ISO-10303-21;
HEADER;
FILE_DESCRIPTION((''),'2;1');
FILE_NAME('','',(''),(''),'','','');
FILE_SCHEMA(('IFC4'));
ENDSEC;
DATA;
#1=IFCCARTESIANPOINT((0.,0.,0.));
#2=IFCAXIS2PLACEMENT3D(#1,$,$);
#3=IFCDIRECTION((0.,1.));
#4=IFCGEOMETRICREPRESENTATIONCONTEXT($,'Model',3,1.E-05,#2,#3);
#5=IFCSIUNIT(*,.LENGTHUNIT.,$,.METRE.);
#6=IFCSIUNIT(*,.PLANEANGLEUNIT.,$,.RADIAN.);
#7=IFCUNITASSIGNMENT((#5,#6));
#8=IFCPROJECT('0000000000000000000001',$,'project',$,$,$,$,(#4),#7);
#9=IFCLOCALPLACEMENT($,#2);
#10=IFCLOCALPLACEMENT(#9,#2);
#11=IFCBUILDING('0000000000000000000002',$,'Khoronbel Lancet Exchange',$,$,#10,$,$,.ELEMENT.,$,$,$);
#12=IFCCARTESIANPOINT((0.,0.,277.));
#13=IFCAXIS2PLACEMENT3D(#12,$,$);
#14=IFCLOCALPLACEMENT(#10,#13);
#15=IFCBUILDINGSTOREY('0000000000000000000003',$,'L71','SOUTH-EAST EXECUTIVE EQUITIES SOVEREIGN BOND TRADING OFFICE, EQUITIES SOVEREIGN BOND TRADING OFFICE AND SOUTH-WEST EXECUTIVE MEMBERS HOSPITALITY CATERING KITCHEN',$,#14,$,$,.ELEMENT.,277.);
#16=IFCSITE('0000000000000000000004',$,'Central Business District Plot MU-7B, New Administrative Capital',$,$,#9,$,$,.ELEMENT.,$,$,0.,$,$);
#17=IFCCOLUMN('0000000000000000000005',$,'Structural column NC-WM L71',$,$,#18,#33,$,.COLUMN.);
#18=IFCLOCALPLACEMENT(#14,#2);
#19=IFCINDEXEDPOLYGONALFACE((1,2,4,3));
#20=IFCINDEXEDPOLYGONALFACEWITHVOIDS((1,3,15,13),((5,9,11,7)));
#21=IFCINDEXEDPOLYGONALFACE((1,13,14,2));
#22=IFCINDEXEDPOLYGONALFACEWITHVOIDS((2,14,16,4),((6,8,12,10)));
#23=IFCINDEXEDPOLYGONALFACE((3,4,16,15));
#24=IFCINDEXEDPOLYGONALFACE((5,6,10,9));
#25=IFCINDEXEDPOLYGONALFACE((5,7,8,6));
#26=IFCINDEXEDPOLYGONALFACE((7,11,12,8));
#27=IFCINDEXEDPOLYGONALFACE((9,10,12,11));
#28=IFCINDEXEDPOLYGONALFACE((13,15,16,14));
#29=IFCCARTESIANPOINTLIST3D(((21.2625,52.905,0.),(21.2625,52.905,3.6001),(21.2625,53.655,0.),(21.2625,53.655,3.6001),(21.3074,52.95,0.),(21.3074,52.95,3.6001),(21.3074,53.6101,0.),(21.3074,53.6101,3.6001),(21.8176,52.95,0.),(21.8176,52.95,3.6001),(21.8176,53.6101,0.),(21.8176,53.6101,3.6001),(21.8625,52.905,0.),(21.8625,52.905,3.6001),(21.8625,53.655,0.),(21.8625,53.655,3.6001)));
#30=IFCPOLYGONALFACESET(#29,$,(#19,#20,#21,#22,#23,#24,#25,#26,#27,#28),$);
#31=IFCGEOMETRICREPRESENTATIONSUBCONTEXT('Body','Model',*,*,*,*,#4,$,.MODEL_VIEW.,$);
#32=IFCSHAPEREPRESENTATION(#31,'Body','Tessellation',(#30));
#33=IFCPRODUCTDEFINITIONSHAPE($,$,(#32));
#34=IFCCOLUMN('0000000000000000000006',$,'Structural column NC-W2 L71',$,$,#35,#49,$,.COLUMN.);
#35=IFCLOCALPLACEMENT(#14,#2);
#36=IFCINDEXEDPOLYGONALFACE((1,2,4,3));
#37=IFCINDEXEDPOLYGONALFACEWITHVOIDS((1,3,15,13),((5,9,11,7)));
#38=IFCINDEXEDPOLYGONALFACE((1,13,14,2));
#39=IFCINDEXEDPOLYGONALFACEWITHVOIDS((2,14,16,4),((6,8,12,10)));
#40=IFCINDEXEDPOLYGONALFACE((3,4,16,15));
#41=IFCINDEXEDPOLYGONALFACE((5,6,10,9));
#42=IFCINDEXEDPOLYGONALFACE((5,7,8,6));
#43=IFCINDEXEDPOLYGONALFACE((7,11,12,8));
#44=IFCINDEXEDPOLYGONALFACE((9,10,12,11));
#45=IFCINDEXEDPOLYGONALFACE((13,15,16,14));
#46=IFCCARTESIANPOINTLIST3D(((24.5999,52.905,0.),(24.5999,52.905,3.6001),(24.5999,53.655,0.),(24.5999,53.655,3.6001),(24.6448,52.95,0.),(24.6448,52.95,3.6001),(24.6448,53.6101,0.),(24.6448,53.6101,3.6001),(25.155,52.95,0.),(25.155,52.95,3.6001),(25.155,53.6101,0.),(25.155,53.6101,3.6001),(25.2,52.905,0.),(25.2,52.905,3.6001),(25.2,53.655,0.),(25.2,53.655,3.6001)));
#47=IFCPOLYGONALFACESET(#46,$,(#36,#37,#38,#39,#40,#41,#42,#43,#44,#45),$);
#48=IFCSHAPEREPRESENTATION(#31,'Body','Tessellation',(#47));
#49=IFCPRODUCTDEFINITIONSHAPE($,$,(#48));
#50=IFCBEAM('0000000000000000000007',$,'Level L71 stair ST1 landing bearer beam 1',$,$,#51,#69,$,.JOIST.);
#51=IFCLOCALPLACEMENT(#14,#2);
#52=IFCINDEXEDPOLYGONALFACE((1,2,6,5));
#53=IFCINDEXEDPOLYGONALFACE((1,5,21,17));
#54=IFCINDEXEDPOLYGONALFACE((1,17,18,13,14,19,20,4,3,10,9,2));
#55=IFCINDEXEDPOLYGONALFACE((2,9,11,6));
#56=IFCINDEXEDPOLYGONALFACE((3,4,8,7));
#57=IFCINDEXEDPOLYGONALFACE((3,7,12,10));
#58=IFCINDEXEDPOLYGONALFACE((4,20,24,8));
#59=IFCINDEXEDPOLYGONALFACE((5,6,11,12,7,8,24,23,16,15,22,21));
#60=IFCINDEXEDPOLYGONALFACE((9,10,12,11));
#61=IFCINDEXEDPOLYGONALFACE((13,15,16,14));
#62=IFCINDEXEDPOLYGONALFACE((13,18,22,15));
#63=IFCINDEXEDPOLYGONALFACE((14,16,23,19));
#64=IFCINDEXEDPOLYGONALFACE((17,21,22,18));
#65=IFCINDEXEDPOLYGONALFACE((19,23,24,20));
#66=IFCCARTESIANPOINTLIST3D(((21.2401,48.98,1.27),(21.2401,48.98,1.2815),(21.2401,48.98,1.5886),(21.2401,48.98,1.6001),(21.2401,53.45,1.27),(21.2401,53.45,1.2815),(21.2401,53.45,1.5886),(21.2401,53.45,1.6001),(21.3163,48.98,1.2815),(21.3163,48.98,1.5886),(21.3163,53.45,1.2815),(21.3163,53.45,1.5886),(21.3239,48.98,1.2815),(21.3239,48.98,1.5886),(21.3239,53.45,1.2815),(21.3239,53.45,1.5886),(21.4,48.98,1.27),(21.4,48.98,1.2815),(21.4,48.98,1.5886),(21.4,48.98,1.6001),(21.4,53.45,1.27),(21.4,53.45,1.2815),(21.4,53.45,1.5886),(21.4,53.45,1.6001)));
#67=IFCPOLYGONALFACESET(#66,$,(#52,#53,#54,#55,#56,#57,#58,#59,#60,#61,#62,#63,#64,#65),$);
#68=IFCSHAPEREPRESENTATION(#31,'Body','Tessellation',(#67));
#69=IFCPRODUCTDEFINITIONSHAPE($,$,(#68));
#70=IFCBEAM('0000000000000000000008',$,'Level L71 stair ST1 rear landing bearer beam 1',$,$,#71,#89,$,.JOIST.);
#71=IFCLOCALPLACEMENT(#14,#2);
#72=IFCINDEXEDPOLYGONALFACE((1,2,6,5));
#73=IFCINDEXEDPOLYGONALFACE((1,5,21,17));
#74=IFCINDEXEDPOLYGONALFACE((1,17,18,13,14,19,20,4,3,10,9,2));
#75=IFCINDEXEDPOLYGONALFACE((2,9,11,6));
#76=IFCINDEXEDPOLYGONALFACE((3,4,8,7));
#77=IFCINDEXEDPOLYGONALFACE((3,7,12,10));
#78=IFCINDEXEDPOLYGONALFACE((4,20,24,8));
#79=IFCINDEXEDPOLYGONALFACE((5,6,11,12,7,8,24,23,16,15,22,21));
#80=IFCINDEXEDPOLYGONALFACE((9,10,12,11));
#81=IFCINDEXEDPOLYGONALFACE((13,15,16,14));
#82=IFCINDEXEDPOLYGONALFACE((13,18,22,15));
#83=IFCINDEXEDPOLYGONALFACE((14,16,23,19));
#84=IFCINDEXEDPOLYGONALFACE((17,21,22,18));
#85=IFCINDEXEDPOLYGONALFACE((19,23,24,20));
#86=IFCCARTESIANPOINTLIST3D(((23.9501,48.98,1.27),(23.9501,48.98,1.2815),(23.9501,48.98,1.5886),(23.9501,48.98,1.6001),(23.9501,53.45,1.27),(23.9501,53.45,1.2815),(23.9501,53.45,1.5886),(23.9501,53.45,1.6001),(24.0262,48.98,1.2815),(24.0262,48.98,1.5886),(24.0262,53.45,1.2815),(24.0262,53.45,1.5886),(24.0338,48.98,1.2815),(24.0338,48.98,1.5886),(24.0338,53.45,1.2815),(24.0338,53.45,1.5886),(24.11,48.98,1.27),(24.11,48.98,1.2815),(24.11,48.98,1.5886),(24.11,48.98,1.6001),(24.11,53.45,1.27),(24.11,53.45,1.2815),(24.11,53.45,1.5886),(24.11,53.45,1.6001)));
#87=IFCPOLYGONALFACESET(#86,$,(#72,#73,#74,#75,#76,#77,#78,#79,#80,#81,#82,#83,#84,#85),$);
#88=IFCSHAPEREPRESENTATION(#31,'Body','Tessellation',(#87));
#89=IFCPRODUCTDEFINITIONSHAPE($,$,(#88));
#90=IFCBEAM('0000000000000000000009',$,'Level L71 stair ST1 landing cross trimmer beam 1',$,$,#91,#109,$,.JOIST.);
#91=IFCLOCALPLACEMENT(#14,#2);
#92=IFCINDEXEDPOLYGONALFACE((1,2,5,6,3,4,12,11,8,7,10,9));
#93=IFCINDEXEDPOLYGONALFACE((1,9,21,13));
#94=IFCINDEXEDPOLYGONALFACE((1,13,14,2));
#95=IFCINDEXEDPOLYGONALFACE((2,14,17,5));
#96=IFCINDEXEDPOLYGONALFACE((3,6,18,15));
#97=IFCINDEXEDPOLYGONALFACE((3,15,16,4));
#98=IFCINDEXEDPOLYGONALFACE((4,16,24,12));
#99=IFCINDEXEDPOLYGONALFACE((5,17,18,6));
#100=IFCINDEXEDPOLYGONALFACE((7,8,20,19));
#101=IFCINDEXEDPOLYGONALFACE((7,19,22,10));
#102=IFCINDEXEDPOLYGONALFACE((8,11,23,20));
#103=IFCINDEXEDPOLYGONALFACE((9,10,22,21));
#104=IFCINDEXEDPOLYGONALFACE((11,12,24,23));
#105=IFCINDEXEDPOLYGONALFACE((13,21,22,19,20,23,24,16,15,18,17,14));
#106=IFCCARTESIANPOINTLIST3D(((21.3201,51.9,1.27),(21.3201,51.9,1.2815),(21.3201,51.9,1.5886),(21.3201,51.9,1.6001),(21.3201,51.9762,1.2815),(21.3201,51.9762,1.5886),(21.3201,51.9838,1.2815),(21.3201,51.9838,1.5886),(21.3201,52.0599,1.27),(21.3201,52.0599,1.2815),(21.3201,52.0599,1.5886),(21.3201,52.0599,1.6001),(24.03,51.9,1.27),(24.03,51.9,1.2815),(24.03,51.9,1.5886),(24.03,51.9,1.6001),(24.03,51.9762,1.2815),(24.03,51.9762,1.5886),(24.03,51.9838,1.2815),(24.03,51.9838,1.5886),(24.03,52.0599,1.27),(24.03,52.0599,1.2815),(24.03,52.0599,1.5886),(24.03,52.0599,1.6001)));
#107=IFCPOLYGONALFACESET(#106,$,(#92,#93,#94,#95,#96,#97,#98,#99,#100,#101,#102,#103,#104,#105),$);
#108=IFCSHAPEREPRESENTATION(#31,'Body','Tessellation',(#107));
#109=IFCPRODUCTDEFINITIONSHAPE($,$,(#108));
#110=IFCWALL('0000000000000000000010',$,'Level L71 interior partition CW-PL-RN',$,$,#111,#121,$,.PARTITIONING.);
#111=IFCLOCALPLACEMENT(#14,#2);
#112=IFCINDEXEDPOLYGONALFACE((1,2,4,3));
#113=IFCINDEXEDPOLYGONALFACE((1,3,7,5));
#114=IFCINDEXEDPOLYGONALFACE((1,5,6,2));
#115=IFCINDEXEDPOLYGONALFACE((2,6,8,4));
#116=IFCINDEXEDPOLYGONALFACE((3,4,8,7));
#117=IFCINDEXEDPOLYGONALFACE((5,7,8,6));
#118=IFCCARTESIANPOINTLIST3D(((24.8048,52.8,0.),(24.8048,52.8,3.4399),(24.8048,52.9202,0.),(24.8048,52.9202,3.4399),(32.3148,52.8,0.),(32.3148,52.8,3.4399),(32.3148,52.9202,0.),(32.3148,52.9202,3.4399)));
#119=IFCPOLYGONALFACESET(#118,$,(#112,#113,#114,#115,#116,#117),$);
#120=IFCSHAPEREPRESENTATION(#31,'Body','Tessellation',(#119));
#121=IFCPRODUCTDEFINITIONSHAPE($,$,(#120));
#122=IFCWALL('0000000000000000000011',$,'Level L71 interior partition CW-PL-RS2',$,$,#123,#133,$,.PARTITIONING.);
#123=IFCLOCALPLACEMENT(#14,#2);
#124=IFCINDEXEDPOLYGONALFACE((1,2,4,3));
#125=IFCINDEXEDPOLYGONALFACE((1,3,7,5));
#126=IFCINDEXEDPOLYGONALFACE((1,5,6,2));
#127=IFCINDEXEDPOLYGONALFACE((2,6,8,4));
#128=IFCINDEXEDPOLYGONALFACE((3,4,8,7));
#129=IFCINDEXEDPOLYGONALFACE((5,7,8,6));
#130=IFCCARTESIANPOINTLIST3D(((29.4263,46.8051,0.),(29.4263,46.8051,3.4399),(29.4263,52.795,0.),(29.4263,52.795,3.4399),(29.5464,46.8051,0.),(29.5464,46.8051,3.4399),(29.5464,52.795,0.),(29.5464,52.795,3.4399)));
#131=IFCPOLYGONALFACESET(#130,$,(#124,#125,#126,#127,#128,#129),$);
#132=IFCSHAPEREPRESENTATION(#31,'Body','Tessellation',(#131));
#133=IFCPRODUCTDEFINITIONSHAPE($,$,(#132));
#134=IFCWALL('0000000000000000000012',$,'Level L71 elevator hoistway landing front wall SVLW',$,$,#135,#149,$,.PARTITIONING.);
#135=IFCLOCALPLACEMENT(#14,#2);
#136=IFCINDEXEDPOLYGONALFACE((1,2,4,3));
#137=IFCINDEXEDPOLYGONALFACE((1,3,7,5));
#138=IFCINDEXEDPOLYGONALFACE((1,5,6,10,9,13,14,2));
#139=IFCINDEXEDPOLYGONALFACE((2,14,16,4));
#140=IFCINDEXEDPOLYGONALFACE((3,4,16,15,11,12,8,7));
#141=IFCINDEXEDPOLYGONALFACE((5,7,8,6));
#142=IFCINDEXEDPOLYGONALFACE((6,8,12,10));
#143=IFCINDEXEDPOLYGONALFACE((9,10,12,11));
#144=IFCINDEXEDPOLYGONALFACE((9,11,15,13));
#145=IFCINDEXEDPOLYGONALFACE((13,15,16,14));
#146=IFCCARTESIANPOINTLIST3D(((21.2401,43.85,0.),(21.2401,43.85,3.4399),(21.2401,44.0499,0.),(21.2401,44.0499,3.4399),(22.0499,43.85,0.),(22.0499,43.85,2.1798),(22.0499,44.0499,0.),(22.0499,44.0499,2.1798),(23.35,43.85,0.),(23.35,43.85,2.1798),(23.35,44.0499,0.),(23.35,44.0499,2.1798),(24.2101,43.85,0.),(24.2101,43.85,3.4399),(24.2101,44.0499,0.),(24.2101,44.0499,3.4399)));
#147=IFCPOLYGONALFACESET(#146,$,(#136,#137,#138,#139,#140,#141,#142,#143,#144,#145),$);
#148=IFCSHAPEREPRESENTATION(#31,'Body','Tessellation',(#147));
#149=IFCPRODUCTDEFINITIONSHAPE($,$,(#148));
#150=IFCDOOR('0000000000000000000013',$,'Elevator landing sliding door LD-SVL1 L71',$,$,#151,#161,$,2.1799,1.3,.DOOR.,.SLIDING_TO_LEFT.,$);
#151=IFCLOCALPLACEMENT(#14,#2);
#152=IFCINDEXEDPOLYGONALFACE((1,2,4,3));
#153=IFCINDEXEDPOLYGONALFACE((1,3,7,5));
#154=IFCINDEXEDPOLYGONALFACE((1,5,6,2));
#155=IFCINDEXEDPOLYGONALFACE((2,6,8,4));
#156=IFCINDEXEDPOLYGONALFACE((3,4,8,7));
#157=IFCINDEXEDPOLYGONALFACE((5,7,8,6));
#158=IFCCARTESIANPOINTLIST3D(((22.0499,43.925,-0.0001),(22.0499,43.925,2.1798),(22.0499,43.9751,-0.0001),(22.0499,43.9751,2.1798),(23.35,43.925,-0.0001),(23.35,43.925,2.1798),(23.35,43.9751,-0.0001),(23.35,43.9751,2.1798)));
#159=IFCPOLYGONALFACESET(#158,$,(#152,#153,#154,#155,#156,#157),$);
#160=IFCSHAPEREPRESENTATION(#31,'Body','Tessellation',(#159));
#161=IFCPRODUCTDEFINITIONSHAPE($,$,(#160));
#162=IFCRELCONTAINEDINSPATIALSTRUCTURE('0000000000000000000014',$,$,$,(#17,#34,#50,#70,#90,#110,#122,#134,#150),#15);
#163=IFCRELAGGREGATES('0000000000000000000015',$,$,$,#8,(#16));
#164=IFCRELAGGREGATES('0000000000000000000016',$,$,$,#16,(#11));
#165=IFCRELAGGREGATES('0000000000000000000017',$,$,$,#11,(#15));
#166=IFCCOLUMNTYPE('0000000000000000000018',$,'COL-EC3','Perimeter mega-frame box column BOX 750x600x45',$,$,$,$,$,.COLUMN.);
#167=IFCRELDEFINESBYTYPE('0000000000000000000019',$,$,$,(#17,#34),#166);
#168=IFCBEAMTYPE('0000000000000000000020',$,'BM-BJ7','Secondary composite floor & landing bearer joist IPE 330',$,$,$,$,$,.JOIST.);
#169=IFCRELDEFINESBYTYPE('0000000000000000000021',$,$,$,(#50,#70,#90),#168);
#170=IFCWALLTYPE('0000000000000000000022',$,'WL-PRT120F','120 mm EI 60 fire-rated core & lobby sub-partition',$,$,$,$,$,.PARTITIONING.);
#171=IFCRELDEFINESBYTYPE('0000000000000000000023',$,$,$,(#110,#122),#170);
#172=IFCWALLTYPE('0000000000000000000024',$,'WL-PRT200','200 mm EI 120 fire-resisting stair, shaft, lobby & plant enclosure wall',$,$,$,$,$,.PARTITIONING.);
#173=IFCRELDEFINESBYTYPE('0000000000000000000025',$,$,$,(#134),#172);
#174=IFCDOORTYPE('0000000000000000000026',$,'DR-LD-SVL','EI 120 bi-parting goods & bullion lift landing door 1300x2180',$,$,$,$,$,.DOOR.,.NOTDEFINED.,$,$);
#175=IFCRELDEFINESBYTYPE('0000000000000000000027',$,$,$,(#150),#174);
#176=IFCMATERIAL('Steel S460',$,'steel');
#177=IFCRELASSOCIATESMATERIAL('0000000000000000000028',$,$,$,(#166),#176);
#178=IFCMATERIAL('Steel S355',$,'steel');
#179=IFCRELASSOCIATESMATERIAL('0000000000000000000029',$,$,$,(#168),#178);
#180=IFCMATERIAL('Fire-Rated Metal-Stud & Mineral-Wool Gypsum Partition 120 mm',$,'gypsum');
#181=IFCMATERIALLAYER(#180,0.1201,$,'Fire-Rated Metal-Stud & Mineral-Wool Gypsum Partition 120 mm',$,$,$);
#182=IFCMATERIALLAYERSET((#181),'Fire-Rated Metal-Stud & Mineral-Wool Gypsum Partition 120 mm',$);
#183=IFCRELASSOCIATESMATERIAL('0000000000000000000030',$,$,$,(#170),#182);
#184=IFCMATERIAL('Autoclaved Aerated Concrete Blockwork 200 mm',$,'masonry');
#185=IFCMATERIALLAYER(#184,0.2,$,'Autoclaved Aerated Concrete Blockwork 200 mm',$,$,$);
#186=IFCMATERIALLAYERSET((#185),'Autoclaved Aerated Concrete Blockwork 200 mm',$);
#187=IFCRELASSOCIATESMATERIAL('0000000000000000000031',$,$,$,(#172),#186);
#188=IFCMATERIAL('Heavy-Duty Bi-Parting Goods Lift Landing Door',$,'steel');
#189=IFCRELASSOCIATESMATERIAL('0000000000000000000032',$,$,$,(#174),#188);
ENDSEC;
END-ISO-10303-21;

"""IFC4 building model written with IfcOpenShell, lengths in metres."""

from ifc_helpers import new_model, si_unit, direction, frame, frame_2d, origin, origin_2d, place, context, subcontext, project, spatial, rectangle, hollow_rectangle, i_section, extrude, material, layer, layer_set, material_profile, profile_set, type_object, element, fill, save


model = new_model("IFC4")

# Units and contexts
model_context = context("Model", 3, precision=1e-05, world=origin(), true_north=direction((0.0, 1.0)))
body_context = subcontext(model_context, "Body", "Model", "MODEL_VIEW")
ifc_project = project(units=[si_unit("LENGTHUNIT", "METRE"), si_unit("PLANEANGLEUNIT", "RADIAN")], contexts=[model_context])

# Site, building, storey
site_placement = place(None, origin())
site = spatial("IfcSite", under=ifc_project, at=site_placement, Name="Central Business District Plot MU-7B, New Administrative Capital", CompositionType="ELEMENT", RefElevation=0.0)
building_placement = place(site_placement, origin())
building = spatial("IfcBuilding", under=site, at=building_placement, Name="Khoronbel Lancet Exchange", CompositionType="ELEMENT")
storey_placement = place(building_placement, frame((0.0, 0.0, 277.0)))
storey = spatial("IfcBuildingStorey", under=building, at=storey_placement, Name="L71", Description="SOUTH-EAST EXECUTIVE EQUITIES SOVEREIGN BOND TRADING OFFICE, EQUITIES SOVEREIGN BOND TRADING OFFICE AND SOUTH-WEST EXECUTIVE MEMBERS HOSPITALITY CATERING KITCHEN", CompositionType="ELEMENT", Elevation=277.0)

# Columns
ifc_material_1 = material(Name="Steel S460", Category="steel")
ifc_material_profile_1 = material_profile(ifc_material_1, hollow_rectangle(XDim=0.6001, YDim=0.75, WallThickness=0.0449, at=origin_2d()), Name="BOX 750x600x45")
ifc_profile_set_1 = profile_set([ifc_material_profile_1], Name="Steel S460")
column_type = type_object("IfcColumnType", Name="COL-EC3", Description="Perimeter mega-frame box column BOX 750x600x45", PredefinedType="COLUMN", material=ifc_profile_set_1)
for number, where, z_axis, x_axis, name in (
    (1, (21.5625, 53.28, 0.0), (0.0, 0.0, 1.0), (1.0, 0.0, 0.0), "Structural column NC-WM L71"),
    (2, (24.8999, 53.28, 0.0), (0.0, 0.0, 1.0), (1.0, 0.0, 0.0), "Structural column NC-W2 L71"),
):
    element("IfcColumn", number, at=place(storey_placement, frame(where, z_axis=z_axis, x_axis=x_axis)), inside=storey, type_object=column_type, Name=name, PredefinedType="COLUMN", context=body_context, shape_type="SweptSolid", body=[
        extrude(hollow_rectangle(XDim=0.6001, YDim=0.75, WallThickness=0.0449, at=origin_2d()), origin(), (0.0, 0.0, 1.0), 3.6001),
    ])

# Beams
ifc_material_2 = material(Name="Steel S355", Category="steel")
ifc_material_profile_2 = material_profile(ifc_material_2, i_section(OverallWidth=0.1599, OverallDepth=0.3301, WebThickness=0.0076, FlangeThickness=0.0115, at=origin_2d()), Name="IPE 330")
ifc_profile_set_2 = profile_set([ifc_material_profile_2], Name="Steel S355")
beam_type = type_object("IfcBeamType", Name="BM-BJ7", Description="Secondary composite floor & landing bearer joist IPE 330", PredefinedType="JOIST", material=ifc_profile_set_2)
for number, where, z_axis, x_axis, name in (
    (3, (21.3201, 48.98, 1.4351), (0.0, 1.0, 0.0), (-1.0, 0.0, 0.0), "Level L71 stair ST1 landing bearer beam 1"),
    (4, (24.03, 48.98, 1.4351), (0.0, 1.0, 0.0), (-1.0, 0.0, 0.0), "Level L71 stair ST1 rear landing bearer beam 1"),
):
    element("IfcBeam", number, at=place(storey_placement, frame(where, z_axis=z_axis, x_axis=x_axis)), inside=storey, type_object=beam_type, Name=name, PredefinedType="JOIST", context=body_context, shape_type="SweptSolid", body=[
        extrude(i_section(OverallWidth=0.1599, OverallDepth=0.3301, WebThickness=0.0076, FlangeThickness=0.0115, at=origin_2d()), origin(), (0.0, 0.0, 1.0), 4.47),
    ])
beam_placement = place(storey_placement, frame((21.3201, 51.98, 1.4351), z_axis=(1.0, 0.0, 0.0), x_axis=(0.0, 1.0, 0.0)))
element("IfcBeam", 5, at=beam_placement, inside=storey, type_object=beam_type, Name="Level L71 stair ST1 landing cross trimmer beam 1", PredefinedType="JOIST", context=body_context, shape_type="SweptSolid", body=[
    extrude(i_section(OverallWidth=0.1599, OverallDepth=0.3301, WebThickness=0.0076, FlangeThickness=0.0115, at=origin_2d()), origin(), (0.0, 0.0, 1.0), 2.71),
])

# Walls
ifc_material_3 = material(Name="Fire-Rated Metal-Stud & Mineral-Wool Gypsum Partition 120 mm", Category="gypsum")
ifc_layer_1 = layer(ifc_material_3, 0.1201, Name="Fire-Rated Metal-Stud & Mineral-Wool Gypsum Partition 120 mm")
ifc_layer_set_1 = layer_set([ifc_layer_1], Name="Fire-Rated Metal-Stud & Mineral-Wool Gypsum Partition 120 mm")
wall_type_1 = type_object("IfcWallType", Name="WL-PRT120F", Description="120 mm EI 60 fire-rated core & lobby sub-partition", PredefinedType="PARTITIONING", material=ifc_layer_set_1)
wall_1_placement = place(storey_placement, frame((24.8049, 52.8601, 0.0), z_axis=(0.0, 0.0, 1.0), x_axis=(1.0, 0.0, 0.0)))
element("IfcWall", 6, at=wall_1_placement, inside=storey, type_object=wall_type_1, Name="Level L71 interior partition CW-PL-RN", PredefinedType="PARTITIONING", context=body_context, shape_type="SweptSolid", body=[
    extrude(rectangle(XDim=7.51, YDim=0.1201, at=frame_2d((3.7549, 0.0))), origin(), (0.0, 0.0, 1.0), 3.4399),
])
wall_2_placement = place(storey_placement, frame((29.4863, 46.8049, 0.0), z_axis=(0.0, 0.0, 1.0), x_axis=(0.0, 1.0, 0.0)))
element("IfcWall", 7, at=wall_2_placement, inside=storey, type_object=wall_type_1, Name="Level L71 interior partition CW-PL-RS2", PredefinedType="PARTITIONING", context=body_context, shape_type="SweptSolid", body=[
    extrude(rectangle(XDim=5.99, YDim=0.1201, at=frame_2d((2.9951, 0.0))), origin(), (0.0, 0.0, 1.0), 3.4399),
])

# Wall, opening, door
ifc_material_4 = material(Name="Autoclaved Aerated Concrete Blockwork 200 mm", Category="masonry")
ifc_layer_2 = layer(ifc_material_4, 0.2, Name="Autoclaved Aerated Concrete Blockwork 200 mm")
ifc_layer_set_2 = layer_set([ifc_layer_2], Name="Autoclaved Aerated Concrete Blockwork 200 mm")
wall_type_2 = type_object("IfcWallType", Name="WL-PRT200", Description="200 mm EI 120 fire-resisting stair, shaft, lobby & plant enclosure wall", PredefinedType="PARTITIONING", material=ifc_layer_set_2)
wall_3_placement = place(storey_placement, frame((24.21, 43.95, 0.0), z_axis=(0.0, 0.0, 1.0), x_axis=(-1.0, 0.0, 0.0)))
wall_3 = element("IfcWall", 8, at=wall_3_placement, inside=storey, type_object=wall_type_2, Name="Level L71 elevator hoistway landing front wall SVLW", PredefinedType="PARTITIONING", context=body_context, shape_type="SweptSolid", body=[
    extrude(rectangle(XDim=2.97, YDim=0.2, at=frame_2d((1.4849, 0.0))), origin(), (0.0, 0.0, 1.0), 3.4399),
])
opening_1_placement = place(wall_3_placement, frame((0.8601, 0.0, 0.0)))
opening_1 = element("IfcOpeningElement", 9, at=opening_1_placement, cuts=wall_3, PredefinedType="OPENING", context=body_context, shape_type="SweptSolid", body=[
    extrude(rectangle(XDim=1.3, YDim=2.1799, at=frame_2d((0.6499, 1.0898))), frame((0.0, 0.1099, 0.0), z_axis=(0.0, -1.0, 0.0), x_axis=(1.0, 0.0, 0.0)), (0.0, 0.0, 1.0), 0.22),
])
ifc_material_5 = material(Name="Heavy-Duty Bi-Parting Goods Lift Landing Door", Category="steel")
door_type_1 = type_object("IfcDoorType", Name="DR-LD-SVL", Description="EI 120 bi-parting goods & bullion lift landing door 1300x2180", OperationType="NOTDEFINED", PredefinedType="DOOR", material=ifc_material_5)
door_1_placement = place(opening_1_placement, origin())
door_1 = element("IfcDoor", 10, at=door_1_placement, inside=storey, type_object=door_type_1, Name="Elevator landing sliding door LD-SVL1 L71", OperationType="SLIDING_TO_LEFT", OverallHeight=2.1799, OverallWidth=1.3, PredefinedType="DOOR", context=body_context, shape_type="SweptSolid", body=[
    extrude(rectangle(XDim=1.3, YDim=2.1799, at=frame_2d((0.6499, 1.0898))), frame((0.0, 0.0249, 0.0), z_axis=(0.0, -1.0, 0.0), x_axis=(1.0, 0.0, 0.0)), (0.0, 0.0, 1.0), 0.05),
])
fill(opening_1, door_1)

save(model, "model.ifc")
